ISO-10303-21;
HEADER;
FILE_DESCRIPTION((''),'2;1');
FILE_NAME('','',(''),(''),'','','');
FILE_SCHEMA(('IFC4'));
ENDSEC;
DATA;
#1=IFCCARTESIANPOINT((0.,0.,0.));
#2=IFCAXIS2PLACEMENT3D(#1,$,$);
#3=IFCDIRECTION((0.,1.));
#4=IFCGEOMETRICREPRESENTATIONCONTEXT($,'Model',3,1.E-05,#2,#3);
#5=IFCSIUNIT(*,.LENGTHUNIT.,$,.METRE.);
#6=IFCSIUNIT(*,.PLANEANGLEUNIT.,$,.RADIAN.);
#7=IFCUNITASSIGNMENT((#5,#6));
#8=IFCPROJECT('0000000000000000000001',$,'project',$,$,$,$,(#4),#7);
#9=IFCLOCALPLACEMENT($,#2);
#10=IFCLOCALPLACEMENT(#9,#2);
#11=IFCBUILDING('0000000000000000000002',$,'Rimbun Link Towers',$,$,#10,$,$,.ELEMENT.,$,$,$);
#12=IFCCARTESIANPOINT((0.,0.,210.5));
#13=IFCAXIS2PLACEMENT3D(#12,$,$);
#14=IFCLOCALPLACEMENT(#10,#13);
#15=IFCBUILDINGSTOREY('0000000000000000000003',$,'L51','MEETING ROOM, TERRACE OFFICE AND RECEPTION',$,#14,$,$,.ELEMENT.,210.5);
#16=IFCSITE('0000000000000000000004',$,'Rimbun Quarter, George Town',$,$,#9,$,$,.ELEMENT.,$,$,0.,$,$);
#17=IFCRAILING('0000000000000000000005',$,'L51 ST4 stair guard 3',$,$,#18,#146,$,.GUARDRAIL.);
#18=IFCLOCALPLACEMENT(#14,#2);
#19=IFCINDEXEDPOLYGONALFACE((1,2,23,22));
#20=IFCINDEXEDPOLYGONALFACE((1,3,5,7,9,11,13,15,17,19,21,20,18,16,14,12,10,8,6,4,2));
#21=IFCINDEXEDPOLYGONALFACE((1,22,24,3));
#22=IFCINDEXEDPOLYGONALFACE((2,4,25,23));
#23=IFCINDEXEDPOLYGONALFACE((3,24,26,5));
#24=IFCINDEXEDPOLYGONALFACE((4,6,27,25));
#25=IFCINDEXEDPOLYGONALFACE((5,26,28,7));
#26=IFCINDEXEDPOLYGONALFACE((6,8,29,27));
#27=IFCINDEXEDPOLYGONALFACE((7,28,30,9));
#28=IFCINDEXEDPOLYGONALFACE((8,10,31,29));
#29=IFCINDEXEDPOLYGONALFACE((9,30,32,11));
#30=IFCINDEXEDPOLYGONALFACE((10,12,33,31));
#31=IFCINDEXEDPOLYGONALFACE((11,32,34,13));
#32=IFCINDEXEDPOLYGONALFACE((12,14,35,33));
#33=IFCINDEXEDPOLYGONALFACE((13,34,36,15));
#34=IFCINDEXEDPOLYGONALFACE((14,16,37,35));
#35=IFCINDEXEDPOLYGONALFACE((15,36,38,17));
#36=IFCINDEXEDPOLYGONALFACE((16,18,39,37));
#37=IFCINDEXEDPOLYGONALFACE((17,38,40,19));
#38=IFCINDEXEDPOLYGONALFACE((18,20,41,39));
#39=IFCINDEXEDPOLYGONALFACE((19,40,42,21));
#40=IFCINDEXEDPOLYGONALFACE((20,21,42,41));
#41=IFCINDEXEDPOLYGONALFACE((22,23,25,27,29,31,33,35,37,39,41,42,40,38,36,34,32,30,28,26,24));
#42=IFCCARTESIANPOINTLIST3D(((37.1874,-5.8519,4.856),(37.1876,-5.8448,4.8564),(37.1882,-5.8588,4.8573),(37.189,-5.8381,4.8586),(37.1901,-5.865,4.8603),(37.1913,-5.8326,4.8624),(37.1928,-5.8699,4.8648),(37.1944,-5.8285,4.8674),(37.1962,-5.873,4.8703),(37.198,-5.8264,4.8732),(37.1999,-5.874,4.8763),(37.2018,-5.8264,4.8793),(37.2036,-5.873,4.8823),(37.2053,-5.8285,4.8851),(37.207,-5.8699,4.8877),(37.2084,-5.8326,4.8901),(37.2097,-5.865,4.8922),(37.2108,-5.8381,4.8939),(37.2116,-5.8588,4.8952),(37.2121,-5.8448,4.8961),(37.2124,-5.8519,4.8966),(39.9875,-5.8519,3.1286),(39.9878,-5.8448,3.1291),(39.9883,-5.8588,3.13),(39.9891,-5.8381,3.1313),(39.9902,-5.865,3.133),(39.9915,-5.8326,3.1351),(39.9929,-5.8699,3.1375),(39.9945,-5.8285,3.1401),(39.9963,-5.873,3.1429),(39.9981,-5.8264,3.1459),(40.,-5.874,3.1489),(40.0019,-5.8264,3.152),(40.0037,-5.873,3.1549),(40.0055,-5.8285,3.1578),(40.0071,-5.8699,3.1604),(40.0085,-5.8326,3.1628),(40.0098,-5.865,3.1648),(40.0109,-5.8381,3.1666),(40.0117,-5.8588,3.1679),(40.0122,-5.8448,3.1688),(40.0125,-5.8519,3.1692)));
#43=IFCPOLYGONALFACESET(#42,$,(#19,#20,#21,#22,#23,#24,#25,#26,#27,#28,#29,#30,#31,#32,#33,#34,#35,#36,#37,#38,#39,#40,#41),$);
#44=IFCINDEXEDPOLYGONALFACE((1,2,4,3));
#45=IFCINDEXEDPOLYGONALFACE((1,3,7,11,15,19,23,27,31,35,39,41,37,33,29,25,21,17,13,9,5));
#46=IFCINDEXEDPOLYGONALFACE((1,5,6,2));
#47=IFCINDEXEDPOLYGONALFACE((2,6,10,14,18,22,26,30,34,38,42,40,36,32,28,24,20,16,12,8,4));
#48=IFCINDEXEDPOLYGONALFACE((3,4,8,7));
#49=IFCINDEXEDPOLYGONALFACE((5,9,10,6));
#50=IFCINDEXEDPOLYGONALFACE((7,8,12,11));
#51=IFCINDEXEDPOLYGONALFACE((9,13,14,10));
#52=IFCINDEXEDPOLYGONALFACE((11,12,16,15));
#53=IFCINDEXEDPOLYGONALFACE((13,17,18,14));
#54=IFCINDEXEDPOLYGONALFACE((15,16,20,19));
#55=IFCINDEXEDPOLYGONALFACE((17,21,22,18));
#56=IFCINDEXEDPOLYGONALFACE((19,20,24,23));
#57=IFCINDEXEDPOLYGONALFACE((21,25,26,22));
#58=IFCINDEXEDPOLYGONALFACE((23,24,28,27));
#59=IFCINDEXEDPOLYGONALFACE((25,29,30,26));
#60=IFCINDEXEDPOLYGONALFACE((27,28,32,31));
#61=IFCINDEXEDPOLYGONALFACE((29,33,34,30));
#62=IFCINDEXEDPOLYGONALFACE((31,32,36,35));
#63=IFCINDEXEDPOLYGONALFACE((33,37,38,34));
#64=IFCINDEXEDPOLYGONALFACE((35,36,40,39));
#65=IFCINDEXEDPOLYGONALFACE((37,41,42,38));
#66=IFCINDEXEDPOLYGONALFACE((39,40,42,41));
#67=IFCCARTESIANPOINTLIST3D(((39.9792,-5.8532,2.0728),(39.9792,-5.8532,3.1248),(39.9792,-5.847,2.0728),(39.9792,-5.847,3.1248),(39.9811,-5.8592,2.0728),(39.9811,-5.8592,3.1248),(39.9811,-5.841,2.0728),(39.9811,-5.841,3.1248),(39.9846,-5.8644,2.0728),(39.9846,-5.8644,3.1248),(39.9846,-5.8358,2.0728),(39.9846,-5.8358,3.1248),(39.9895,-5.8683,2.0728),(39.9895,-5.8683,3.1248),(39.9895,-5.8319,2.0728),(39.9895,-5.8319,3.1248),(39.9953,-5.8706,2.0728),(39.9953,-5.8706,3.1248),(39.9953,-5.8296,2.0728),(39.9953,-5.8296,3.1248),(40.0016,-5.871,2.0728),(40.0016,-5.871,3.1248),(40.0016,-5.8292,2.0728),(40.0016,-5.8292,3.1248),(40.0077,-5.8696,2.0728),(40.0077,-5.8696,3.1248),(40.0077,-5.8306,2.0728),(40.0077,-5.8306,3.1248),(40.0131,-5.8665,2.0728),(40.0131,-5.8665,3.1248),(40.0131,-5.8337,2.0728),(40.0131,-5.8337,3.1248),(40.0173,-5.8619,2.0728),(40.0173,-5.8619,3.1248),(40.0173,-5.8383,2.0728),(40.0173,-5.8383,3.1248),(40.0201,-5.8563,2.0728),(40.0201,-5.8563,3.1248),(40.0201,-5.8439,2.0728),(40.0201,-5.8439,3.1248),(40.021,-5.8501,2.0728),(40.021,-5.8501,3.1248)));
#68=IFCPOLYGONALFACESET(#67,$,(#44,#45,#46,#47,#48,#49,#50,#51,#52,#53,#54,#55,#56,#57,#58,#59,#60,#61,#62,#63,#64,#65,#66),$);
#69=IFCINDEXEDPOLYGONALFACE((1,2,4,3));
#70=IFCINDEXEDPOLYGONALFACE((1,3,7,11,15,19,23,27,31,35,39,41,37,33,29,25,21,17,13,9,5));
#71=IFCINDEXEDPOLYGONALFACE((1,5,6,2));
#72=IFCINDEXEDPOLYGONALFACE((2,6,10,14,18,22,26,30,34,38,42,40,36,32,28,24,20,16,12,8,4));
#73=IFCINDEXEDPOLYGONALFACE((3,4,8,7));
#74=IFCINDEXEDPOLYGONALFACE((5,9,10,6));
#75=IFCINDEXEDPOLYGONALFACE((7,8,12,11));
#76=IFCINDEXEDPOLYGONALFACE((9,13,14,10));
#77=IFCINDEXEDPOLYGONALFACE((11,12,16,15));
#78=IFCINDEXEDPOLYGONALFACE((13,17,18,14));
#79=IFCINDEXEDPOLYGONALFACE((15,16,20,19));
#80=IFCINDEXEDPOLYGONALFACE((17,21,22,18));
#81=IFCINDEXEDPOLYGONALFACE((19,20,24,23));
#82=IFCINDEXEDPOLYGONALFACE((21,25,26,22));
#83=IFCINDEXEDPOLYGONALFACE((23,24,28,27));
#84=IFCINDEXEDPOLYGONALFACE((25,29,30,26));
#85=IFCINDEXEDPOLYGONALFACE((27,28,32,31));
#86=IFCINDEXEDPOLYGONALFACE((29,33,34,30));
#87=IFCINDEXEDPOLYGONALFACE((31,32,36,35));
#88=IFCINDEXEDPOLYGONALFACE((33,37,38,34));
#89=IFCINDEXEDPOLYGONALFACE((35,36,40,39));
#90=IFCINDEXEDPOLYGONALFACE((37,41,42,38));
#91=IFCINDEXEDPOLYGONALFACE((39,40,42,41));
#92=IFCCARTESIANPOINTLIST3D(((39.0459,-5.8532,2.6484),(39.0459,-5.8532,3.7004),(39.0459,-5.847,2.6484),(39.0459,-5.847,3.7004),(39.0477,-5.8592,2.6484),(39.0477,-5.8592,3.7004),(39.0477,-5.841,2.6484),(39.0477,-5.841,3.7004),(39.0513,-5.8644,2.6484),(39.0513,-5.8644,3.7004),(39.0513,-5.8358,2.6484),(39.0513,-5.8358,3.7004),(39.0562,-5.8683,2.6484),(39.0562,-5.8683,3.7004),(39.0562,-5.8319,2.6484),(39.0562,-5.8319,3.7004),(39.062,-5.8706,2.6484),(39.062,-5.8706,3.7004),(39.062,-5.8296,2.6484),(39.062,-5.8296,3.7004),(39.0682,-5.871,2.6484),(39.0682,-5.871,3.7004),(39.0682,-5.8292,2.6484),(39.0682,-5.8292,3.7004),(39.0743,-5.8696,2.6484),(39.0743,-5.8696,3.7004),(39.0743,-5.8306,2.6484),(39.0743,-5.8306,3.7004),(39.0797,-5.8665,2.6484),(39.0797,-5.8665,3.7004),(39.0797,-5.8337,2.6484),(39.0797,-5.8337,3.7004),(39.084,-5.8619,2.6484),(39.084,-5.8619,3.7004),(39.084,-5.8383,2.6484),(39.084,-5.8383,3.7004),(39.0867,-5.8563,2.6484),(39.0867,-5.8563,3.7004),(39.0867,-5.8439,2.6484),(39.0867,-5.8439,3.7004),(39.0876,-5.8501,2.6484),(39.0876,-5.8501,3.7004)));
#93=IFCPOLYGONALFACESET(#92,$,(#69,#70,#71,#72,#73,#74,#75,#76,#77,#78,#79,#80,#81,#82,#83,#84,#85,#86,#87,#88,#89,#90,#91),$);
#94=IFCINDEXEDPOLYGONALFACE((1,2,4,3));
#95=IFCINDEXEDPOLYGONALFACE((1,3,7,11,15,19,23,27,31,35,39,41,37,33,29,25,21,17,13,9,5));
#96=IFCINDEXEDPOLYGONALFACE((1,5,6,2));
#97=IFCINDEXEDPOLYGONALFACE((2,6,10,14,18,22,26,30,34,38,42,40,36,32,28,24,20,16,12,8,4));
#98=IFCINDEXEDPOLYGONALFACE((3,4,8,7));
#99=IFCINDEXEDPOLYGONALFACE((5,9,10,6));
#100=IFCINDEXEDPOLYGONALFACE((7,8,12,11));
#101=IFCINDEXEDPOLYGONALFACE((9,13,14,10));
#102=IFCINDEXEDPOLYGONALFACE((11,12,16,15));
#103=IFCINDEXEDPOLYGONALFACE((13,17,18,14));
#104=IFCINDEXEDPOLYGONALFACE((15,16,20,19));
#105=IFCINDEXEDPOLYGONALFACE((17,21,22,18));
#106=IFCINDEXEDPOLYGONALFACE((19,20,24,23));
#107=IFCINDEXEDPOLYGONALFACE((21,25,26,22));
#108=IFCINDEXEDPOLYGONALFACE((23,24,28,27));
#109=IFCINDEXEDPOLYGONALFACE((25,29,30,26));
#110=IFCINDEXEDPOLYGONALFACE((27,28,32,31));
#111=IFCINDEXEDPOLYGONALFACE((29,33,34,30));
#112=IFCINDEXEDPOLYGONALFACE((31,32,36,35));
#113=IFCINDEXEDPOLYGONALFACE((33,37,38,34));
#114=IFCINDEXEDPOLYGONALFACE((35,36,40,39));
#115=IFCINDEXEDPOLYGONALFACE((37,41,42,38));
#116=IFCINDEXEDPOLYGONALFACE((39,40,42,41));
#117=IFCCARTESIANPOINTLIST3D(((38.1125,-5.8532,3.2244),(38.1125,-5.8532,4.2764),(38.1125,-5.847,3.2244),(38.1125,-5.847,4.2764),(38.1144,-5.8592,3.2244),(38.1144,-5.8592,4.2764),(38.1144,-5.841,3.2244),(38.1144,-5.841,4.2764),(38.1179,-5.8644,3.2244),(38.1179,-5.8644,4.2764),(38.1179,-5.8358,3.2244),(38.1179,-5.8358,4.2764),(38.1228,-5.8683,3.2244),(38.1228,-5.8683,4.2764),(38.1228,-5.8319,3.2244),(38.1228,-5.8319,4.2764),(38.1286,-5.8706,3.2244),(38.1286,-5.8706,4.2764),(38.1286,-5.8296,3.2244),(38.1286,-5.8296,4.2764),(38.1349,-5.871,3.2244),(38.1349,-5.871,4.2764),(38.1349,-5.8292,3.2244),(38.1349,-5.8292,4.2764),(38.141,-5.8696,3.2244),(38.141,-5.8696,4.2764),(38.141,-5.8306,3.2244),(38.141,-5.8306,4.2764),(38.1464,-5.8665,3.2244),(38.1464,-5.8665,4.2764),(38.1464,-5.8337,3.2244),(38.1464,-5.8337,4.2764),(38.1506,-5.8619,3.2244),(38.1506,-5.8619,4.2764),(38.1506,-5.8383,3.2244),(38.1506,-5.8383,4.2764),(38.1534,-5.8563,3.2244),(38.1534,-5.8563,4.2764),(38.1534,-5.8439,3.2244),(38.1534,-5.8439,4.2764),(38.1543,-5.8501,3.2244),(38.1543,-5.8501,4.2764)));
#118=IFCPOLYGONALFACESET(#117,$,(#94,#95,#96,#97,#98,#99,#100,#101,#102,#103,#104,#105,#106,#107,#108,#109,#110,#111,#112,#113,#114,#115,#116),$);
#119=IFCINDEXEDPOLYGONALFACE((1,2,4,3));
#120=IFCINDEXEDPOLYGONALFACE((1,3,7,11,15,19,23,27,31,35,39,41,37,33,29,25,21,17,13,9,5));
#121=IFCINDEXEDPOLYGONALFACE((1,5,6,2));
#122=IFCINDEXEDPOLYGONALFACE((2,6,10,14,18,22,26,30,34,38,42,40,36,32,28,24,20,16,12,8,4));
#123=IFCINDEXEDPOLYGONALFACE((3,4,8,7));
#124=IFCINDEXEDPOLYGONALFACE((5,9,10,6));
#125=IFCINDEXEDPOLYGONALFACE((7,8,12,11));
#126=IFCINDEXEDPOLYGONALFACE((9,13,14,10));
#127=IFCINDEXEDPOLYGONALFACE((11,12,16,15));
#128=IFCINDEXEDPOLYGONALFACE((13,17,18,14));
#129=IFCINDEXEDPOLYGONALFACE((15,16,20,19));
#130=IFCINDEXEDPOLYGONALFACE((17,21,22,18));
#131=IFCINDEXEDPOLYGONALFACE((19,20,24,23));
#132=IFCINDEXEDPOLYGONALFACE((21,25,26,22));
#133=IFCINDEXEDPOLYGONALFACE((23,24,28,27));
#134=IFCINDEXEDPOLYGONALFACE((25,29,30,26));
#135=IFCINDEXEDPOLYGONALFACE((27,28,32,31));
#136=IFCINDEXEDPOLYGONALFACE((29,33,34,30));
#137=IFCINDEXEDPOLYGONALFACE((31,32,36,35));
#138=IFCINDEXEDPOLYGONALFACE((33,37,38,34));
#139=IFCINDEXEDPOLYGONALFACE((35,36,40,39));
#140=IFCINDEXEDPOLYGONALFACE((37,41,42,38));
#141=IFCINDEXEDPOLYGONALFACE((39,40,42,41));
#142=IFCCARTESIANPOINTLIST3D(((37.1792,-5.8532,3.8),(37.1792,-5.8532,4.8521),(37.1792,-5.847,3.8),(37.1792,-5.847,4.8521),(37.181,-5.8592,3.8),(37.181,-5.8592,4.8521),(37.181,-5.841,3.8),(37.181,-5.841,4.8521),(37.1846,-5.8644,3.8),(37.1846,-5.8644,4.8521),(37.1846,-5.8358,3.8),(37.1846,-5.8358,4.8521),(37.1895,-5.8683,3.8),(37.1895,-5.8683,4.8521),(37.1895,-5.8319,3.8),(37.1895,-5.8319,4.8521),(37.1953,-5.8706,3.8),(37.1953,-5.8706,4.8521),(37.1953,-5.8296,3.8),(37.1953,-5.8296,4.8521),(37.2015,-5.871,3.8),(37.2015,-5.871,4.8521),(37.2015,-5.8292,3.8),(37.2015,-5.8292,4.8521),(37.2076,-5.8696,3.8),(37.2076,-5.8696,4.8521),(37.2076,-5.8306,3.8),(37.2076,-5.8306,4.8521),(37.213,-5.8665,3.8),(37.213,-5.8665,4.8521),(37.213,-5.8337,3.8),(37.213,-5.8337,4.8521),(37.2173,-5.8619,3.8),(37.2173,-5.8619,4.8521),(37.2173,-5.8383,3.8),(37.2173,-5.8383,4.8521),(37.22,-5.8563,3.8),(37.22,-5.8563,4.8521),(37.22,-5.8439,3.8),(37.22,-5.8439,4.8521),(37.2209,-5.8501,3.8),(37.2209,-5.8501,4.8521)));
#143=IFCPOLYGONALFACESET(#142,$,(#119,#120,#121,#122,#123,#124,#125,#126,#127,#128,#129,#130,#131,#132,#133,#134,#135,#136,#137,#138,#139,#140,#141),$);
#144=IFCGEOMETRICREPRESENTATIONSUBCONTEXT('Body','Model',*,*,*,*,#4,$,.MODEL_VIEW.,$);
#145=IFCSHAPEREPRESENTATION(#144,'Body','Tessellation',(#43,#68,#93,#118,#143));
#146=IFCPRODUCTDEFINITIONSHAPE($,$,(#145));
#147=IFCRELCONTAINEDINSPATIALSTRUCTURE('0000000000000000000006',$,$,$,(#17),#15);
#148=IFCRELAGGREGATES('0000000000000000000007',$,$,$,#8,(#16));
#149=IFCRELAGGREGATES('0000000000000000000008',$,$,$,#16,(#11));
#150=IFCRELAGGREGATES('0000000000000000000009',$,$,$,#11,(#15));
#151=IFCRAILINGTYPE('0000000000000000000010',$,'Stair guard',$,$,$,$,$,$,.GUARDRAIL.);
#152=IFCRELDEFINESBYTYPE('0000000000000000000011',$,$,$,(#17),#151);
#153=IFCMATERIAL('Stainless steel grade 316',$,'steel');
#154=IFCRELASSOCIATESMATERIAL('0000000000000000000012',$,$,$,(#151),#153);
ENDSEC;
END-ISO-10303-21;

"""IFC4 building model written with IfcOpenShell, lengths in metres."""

from ifc_helpers import new_model, si_unit, direction, frame, origin, origin_2d, place, context, subcontext, project, spatial, circle, extrude, material, type_object, element, save


model = new_model("IFC4")

# Units and contexts
model_context = context("Model", 3, precision=1e-05, world=origin(), true_north=direction((0.0, 1.0)))
body_context = subcontext(model_context, "Body", "Model", "MODEL_VIEW")
ifc_project = project(units=[si_unit("LENGTHUNIT", "METRE"), si_unit("PLANEANGLEUNIT", "RADIAN")], contexts=[model_context])

# Site, building, storey
site_placement = place(None, origin())
site = spatial("IfcSite", under=ifc_project, at=site_placement, Name="Rimbun Quarter, George Town", CompositionType="ELEMENT", RefElevation=0.0)
building_placement = place(site_placement, origin())
building = spatial("IfcBuilding", under=site, at=building_placement, Name="Rimbun Link Towers", CompositionType="ELEMENT")
storey_placement = place(building_placement, frame((0.0, 0.0, 210.5)))
storey = spatial("IfcBuildingStorey", under=building, at=storey_placement, Name="L51", Description="MEETING ROOM, TERRACE OFFICE AND RECEPTION", CompositionType="ELEMENT", Elevation=210.5)

# Railing
ifc_material_1 = material(Name="Stainless steel grade 316", Category="steel")
railing_type_1 = type_object("IfcRailingType", Name="Stair guard", PredefinedType="GUARDRAIL", material=ifc_material_1)
railing_1_placement = place(storey_placement, frame((40.0, -5.8501, 2.0728)))
element("IfcRailing", 1, at=railing_1_placement, inside=storey, type_object=railing_type_1, Name="L51 ST4 stair guard 3", PredefinedType="GUARDRAIL", context=body_context, shape_type="SweptSolid", body=[
    extrude(circle(Radius=0.0239, at=origin_2d()), frame((0.0, 0.0, 1.0762), z_axis=(-0.85109, 0.0, 0.52502), x_axis=(0.0, -1.0, 0.0)), (0.0, 0.0, 1.0), 3.29),
    extrude(circle(Radius=0.021, at=origin_2d()), origin(), (0.0, 0.0, 1.0), 1.052),
    extrude(circle(Radius=0.021, at=origin_2d()), frame((-0.9333, 0.0, 0.5757)), (0.0, 0.0, 1.0), 1.052),
    extrude(circle(Radius=0.021, at=origin_2d()), frame((-1.8667, 0.0, 1.1516)), (0.0, 0.0, 1.0), 1.052),
    extrude(circle(Radius=0.021, at=origin_2d()), frame((-2.8, 0.0, 1.7273)), (0.0, 0.0, 1.0), 1.052),
])

save(model, "model.ifc")
